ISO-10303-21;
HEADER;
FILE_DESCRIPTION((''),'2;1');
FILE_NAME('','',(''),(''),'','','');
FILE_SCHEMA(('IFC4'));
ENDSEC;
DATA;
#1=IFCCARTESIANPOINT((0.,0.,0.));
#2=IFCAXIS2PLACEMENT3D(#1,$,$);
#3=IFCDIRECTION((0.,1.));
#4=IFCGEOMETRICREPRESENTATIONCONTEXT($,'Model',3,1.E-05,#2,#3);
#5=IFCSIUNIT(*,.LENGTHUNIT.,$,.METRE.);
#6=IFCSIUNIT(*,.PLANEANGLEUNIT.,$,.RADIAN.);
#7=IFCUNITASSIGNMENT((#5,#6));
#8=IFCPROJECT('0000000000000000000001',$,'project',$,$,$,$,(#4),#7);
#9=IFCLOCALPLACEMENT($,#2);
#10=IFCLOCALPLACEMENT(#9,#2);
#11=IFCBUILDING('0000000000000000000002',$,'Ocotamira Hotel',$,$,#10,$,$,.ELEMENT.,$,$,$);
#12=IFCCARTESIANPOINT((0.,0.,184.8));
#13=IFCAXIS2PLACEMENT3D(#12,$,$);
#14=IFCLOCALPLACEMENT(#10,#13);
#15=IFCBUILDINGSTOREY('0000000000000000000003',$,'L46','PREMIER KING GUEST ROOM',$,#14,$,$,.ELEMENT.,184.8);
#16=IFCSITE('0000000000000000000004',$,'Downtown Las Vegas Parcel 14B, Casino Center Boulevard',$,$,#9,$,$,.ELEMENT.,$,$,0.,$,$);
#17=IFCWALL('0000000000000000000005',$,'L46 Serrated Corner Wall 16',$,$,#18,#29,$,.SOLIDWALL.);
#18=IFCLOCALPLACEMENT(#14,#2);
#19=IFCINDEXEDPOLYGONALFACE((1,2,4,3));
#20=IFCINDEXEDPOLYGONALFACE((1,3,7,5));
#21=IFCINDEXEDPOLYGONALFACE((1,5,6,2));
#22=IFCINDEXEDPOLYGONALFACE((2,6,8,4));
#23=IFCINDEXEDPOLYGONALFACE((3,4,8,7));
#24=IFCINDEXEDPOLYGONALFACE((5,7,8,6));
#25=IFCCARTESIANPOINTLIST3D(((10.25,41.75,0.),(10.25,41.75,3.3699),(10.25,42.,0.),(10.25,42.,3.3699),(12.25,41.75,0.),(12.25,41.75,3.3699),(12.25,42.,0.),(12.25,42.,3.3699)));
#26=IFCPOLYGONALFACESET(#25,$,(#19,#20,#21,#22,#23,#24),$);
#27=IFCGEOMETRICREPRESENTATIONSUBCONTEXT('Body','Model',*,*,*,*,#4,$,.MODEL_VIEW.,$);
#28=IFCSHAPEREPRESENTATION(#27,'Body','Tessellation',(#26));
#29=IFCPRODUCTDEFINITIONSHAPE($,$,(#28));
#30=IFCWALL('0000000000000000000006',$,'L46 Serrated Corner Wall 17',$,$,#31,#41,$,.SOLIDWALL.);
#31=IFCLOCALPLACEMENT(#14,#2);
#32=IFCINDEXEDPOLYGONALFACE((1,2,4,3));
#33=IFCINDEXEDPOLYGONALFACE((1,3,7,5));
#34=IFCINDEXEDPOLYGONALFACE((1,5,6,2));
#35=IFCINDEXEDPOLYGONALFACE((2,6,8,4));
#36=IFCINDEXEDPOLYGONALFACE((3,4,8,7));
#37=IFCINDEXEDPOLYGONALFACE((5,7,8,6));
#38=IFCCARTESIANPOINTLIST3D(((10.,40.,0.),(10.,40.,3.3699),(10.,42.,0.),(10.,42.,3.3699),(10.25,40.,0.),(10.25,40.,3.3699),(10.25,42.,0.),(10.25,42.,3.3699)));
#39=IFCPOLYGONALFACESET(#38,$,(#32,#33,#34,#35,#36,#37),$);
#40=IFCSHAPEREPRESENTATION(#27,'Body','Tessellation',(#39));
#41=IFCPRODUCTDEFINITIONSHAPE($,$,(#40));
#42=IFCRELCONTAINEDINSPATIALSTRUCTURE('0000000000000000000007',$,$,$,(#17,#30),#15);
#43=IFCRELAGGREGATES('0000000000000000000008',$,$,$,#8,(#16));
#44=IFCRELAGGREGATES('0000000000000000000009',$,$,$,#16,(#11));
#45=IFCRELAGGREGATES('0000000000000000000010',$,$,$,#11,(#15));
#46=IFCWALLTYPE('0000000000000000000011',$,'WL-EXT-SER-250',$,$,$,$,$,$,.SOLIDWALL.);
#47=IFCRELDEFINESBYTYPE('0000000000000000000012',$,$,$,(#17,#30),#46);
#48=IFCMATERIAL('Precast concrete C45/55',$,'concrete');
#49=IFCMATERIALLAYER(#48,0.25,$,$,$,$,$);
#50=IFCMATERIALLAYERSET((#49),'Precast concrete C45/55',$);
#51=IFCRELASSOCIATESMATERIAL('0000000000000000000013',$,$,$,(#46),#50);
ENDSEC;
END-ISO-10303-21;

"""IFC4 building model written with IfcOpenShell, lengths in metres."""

from ifc_helpers import new_model, si_unit, direction, frame, frame_2d, origin, place, context, subcontext, project, spatial, rectangle, extrude, material, layer, layer_set, type_object, element, save


model = new_model("IFC4")

# Units and contexts
model_context = context("Model", 3, precision=1e-05, world=origin(), true_north=direction((0.0, 1.0)))
body_context = subcontext(model_context, "Body", "Model", "MODEL_VIEW")
ifc_project = project(units=[si_unit("LENGTHUNIT", "METRE"), si_unit("PLANEANGLEUNIT", "RADIAN")], contexts=[model_context])

# Site, building, storey
site_placement = place(None, origin())
site = spatial("IfcSite", under=ifc_project, at=site_placement, Name="Downtown Las Vegas Parcel 14B, Casino Center Boulevard", CompositionType="ELEMENT", RefElevation=0.0)
building_placement = place(site_placement, origin())
building = spatial("IfcBuilding", under=site, at=building_placement, Name="Ocotamira Hotel", CompositionType="ELEMENT")
storey_placement = place(building_placement, frame((0.0, 0.0, 184.8)))
storey = spatial("IfcBuildingStorey", under=building, at=storey_placement, Name="L46", Description="PREMIER KING GUEST ROOM", CompositionType="ELEMENT", Elevation=184.8)

# Shared definitions
ifc_material_1 = material(Name="Precast concrete C45/55", Category="concrete")
ifc_layer_1 = layer(ifc_material_1, 0.25)
ifc_layer_set_1 = layer_set([ifc_layer_1], Name="Precast concrete C45/55")
wall_type = type_object("IfcWallType", Name="WL-EXT-SER-250", PredefinedType="SOLIDWALL", material=ifc_layer_set_1)

# Walls
for number, where, z_axis, x_axis, name in (
    (1, (12.25, 41.875, 0.0), (0.0, 0.0, 1.0), (-1.0, 0.0, 0.0), "L46 Serrated Corner Wall 16"),
    (2, (10.125, 42.0, 0.0), (0.0, 0.0, 1.0), (0.0, -1.0, 0.0), "L46 Serrated Corner Wall 17"),
):
    element("IfcWall", number, at=place(storey_placement, frame(where, z_axis=z_axis, x_axis=x_axis)), inside=storey, type_object=wall_type, Name=name, PredefinedType="SOLIDWALL", context=body_context, shape_type="SweptSolid", body=[
        extrude(rectangle(XDim=2.0, YDim=0.25, at=frame_2d((1.0, 0.0))), origin(), (0.0, 0.0, 1.0), 3.3699),
    ])

save(model, "model.ifc")
